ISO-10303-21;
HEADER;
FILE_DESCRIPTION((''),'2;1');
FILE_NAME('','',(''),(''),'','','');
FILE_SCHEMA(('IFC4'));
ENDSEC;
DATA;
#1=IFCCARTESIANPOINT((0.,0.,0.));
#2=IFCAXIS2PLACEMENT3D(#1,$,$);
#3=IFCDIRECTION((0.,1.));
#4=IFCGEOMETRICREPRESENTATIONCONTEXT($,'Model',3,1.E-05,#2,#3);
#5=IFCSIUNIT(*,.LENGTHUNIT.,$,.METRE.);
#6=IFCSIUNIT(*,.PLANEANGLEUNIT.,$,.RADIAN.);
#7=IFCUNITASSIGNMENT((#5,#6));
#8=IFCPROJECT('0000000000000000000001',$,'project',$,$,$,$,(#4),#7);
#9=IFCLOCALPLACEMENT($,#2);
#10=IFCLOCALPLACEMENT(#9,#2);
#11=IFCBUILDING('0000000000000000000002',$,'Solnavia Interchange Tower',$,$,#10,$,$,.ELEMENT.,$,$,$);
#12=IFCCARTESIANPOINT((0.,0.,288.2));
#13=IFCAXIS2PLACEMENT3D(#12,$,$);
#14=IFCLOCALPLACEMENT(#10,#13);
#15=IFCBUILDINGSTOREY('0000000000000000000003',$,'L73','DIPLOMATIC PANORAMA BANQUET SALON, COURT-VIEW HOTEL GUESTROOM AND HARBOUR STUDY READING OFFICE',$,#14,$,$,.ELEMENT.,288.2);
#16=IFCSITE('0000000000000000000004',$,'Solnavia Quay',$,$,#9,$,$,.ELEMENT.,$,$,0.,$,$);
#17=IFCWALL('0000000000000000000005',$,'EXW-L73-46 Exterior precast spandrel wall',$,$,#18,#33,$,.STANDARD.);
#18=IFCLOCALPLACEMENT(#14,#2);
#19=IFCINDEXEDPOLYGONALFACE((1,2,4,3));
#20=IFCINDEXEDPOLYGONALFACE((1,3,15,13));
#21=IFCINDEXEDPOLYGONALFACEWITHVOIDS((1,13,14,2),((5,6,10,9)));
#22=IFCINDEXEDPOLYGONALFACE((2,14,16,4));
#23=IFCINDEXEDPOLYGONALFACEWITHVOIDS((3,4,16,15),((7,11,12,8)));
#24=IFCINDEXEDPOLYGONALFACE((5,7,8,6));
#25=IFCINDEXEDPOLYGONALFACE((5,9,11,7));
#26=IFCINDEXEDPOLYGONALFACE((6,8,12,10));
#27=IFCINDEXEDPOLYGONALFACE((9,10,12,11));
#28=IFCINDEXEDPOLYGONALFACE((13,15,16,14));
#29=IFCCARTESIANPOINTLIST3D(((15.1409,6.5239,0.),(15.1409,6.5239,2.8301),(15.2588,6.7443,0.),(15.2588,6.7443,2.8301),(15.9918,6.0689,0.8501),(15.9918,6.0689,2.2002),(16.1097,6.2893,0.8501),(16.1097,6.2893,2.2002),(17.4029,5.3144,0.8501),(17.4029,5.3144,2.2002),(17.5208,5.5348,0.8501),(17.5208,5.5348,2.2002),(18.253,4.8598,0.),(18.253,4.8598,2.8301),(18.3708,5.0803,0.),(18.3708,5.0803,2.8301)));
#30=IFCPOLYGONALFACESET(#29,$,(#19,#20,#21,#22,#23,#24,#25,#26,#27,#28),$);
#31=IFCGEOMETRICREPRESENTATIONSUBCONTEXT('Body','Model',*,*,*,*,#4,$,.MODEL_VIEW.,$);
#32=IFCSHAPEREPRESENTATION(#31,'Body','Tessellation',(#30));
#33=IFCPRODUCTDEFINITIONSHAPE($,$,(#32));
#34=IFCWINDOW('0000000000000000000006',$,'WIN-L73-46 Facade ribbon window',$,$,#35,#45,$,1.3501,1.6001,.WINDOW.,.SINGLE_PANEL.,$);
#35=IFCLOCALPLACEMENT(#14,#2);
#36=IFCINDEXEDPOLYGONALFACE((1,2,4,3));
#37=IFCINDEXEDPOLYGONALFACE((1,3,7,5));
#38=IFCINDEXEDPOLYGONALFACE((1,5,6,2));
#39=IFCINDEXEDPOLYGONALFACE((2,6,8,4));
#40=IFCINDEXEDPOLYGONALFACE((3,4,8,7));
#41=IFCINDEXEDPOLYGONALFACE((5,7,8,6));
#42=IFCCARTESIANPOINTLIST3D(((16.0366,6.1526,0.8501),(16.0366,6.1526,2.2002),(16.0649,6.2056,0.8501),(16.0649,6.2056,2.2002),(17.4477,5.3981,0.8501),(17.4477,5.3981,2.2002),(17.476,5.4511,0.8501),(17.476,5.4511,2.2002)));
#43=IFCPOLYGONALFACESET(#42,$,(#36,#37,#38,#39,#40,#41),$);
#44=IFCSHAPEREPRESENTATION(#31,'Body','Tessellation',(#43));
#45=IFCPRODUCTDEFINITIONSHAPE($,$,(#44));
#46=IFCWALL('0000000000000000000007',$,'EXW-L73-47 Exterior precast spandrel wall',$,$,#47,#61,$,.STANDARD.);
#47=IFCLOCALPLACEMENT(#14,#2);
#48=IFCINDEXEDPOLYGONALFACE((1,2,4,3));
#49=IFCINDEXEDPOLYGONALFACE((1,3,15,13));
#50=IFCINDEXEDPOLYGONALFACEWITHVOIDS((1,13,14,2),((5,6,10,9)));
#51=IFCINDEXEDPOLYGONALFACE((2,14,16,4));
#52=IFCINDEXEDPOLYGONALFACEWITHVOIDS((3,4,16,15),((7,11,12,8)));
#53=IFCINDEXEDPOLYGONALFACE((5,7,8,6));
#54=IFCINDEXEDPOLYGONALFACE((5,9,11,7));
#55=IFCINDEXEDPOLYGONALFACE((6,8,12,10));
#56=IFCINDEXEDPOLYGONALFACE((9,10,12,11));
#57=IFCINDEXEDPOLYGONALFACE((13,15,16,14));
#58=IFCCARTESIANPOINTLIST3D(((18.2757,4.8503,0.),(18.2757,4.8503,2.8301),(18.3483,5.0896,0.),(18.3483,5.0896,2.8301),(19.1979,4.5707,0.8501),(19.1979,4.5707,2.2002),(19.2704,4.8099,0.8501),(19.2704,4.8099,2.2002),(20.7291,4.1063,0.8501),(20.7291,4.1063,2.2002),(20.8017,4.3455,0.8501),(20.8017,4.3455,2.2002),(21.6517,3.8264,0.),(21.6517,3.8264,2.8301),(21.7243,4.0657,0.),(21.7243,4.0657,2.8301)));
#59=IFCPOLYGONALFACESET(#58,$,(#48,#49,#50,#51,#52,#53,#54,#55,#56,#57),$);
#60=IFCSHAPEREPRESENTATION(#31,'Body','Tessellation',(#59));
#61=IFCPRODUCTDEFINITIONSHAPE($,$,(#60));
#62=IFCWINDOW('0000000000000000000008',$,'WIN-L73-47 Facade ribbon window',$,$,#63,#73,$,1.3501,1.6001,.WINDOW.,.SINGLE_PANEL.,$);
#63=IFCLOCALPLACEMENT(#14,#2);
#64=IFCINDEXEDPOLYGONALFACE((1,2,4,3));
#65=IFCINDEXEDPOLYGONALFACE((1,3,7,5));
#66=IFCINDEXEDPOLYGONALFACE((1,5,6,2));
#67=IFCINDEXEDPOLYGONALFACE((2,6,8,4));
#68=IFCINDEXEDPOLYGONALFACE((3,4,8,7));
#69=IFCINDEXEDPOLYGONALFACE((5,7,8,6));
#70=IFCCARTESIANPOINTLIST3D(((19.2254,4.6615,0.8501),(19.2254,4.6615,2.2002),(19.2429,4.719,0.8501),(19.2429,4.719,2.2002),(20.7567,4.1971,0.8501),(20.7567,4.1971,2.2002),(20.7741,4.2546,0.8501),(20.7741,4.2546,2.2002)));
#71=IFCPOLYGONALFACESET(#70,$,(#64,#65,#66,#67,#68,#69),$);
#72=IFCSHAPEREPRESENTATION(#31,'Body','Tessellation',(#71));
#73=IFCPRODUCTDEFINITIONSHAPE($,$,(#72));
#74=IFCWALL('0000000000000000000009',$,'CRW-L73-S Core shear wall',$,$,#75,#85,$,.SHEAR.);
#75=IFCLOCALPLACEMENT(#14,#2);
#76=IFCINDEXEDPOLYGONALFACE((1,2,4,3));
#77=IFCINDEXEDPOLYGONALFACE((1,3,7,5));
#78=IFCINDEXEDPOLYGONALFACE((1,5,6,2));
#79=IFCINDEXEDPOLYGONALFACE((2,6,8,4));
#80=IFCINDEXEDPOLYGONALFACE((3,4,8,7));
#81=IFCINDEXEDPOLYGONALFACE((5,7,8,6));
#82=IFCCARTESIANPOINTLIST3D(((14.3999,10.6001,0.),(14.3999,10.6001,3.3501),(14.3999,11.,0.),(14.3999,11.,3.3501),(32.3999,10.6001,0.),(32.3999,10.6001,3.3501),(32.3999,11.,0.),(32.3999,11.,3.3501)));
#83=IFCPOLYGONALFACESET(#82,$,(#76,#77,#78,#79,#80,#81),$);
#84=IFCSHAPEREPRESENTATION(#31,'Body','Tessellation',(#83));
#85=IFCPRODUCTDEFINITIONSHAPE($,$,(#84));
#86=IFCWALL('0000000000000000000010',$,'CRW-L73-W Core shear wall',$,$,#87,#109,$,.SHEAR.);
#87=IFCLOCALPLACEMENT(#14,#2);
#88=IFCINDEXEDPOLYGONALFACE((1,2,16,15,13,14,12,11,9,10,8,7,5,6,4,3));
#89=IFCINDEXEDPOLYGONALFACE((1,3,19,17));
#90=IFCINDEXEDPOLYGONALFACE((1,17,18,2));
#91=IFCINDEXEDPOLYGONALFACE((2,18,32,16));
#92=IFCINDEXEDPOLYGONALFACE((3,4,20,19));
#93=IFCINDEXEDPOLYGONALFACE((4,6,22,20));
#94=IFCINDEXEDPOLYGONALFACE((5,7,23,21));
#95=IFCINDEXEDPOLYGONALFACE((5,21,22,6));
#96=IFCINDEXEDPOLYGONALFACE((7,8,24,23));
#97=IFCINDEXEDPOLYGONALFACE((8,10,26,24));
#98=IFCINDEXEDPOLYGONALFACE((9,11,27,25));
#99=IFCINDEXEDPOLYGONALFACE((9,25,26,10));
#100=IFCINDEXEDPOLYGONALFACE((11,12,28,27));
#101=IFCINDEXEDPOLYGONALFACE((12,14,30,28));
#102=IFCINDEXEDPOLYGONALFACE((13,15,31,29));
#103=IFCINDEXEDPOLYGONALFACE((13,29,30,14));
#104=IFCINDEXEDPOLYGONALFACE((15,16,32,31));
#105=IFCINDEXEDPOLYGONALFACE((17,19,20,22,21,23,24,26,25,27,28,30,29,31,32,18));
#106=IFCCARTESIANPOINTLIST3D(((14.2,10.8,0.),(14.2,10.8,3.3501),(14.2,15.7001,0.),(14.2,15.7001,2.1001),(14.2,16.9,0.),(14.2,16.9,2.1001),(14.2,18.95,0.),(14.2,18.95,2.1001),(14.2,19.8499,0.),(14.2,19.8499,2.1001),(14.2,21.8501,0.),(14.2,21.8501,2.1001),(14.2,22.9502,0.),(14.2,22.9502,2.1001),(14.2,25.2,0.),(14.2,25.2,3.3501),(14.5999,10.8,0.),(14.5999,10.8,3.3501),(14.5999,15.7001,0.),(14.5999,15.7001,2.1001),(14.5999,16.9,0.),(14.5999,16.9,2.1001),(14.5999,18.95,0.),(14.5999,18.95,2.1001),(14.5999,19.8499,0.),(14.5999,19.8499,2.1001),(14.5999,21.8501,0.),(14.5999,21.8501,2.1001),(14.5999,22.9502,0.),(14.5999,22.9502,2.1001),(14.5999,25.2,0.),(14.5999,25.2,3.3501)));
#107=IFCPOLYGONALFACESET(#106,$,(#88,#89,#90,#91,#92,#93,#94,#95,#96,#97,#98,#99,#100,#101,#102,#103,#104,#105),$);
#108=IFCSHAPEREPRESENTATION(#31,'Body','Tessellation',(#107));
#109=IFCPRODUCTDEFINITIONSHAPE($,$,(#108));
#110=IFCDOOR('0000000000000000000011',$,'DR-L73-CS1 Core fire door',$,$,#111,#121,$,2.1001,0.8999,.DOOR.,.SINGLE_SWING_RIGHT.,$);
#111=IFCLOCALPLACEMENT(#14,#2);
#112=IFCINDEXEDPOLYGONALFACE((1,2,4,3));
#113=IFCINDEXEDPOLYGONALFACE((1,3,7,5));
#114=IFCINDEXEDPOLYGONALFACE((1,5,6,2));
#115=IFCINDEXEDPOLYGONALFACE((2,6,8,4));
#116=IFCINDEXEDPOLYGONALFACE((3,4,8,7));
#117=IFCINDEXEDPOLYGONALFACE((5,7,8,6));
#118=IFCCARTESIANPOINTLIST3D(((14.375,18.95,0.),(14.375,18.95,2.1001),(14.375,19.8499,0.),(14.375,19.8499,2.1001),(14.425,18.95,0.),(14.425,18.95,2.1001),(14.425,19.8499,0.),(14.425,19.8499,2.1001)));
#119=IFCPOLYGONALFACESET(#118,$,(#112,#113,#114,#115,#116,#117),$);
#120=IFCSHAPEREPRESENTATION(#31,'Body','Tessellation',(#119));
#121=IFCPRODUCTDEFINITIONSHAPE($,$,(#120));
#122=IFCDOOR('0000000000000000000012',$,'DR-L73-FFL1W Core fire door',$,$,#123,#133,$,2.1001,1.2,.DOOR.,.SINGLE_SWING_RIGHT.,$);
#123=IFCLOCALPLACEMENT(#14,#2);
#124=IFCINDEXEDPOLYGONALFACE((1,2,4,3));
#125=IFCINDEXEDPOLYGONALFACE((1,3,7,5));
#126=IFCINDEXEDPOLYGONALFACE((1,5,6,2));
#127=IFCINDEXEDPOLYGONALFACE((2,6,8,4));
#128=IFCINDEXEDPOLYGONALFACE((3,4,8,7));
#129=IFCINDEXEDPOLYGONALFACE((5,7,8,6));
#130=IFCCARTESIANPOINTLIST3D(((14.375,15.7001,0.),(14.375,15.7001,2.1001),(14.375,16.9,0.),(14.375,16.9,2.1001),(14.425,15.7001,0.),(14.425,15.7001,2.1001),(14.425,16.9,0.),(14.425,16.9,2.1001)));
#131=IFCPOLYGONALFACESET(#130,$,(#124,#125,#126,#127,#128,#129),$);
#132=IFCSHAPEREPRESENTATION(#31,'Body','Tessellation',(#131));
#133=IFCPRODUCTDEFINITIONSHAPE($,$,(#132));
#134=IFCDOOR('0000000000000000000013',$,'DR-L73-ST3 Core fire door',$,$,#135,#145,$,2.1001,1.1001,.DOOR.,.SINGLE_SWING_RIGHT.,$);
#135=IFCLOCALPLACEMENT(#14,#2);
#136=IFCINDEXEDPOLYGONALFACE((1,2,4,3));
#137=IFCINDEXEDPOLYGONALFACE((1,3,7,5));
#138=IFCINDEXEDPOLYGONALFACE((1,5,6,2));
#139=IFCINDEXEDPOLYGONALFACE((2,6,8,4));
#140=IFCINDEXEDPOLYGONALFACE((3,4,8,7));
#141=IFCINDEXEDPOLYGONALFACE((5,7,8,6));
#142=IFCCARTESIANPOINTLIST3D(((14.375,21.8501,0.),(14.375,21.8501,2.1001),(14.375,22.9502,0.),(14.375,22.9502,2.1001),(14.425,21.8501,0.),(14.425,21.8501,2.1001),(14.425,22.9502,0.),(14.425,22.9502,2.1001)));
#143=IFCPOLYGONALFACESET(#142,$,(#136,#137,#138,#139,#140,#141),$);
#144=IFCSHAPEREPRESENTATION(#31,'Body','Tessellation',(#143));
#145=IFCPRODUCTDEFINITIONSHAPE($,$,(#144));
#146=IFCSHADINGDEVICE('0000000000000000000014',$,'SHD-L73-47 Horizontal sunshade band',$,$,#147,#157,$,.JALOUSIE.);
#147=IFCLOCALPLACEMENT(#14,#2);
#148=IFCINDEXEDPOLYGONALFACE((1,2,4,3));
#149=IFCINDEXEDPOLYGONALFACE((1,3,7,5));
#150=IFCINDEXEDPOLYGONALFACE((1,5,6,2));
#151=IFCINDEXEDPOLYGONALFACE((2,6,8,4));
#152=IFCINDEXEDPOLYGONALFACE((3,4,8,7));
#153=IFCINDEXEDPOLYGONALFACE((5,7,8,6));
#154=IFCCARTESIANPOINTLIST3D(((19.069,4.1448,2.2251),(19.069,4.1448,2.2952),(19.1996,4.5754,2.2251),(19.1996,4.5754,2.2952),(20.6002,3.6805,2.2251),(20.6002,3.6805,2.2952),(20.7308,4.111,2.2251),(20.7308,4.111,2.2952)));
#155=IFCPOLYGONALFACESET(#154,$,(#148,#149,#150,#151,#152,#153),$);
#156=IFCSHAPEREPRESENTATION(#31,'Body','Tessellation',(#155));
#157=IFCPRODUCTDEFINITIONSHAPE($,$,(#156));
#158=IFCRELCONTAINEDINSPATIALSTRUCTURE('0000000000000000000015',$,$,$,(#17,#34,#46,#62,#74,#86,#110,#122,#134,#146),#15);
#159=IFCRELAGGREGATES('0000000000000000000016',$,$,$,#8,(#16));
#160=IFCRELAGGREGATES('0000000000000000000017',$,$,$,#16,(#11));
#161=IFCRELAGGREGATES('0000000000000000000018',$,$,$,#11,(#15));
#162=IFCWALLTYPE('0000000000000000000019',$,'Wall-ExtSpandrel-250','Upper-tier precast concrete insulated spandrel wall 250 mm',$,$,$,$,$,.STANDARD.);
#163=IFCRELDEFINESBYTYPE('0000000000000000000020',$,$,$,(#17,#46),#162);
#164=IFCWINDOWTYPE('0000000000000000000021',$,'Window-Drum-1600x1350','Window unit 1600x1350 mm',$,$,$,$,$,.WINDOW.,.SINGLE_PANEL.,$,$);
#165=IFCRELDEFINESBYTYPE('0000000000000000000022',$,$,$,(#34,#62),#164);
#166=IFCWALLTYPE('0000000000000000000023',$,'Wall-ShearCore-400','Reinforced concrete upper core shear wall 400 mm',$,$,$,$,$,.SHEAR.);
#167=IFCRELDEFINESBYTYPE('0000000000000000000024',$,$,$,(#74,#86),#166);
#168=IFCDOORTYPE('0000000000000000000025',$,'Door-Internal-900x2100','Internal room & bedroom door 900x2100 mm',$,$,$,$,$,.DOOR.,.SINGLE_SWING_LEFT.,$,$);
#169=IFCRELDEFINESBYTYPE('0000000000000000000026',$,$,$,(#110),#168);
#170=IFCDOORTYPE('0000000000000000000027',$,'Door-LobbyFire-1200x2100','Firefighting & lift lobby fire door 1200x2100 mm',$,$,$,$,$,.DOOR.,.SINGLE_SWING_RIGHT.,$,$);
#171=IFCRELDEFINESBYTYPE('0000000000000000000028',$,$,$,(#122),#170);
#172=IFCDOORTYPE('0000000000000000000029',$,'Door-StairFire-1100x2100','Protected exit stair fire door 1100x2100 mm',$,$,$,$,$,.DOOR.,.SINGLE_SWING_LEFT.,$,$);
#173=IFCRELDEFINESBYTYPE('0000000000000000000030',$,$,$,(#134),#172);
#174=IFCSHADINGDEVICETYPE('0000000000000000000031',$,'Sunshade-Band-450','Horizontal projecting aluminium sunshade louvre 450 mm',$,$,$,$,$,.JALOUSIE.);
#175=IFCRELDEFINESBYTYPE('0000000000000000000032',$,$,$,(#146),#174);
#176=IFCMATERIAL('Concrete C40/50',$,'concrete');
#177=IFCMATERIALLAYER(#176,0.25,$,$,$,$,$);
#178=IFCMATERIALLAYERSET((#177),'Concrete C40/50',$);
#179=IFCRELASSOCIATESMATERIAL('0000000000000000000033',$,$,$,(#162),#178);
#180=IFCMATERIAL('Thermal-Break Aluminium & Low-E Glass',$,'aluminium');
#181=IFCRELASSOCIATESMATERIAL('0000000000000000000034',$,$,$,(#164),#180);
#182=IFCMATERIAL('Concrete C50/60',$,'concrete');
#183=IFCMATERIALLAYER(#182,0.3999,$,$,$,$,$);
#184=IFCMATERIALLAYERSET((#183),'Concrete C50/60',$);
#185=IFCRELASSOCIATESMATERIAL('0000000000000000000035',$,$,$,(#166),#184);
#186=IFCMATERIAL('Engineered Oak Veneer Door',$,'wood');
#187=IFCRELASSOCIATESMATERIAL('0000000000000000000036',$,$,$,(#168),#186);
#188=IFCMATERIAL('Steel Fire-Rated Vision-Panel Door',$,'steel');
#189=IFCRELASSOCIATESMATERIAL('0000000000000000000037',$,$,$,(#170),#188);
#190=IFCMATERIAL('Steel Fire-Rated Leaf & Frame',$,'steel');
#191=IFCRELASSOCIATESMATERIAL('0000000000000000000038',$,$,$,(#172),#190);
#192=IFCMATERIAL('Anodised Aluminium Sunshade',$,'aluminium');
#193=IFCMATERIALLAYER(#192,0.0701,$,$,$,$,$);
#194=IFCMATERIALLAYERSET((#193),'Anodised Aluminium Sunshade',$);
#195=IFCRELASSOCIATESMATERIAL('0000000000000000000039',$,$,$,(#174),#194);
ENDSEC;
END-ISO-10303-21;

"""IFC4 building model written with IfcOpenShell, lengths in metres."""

from ifc_helpers import new_model, si_unit, direction, frame, frame_2d, origin, origin_2d, place, context, subcontext, project, spatial, rectangle, extrude, material, layer, layer_set, type_object, element, fill, save


model = new_model("IFC4")

# Units and contexts
model_context = context("Model", 3, precision=1e-05, world=origin(), true_north=direction((0.0, 1.0)))
body_context = subcontext(model_context, "Body", "Model", "MODEL_VIEW")
ifc_project = project(units=[si_unit("LENGTHUNIT", "METRE"), si_unit("PLANEANGLEUNIT", "RADIAN")], contexts=[model_context])

# Site, building, storey
site_placement = place(None, origin())
site = spatial("IfcSite", under=ifc_project, at=site_placement, Name="Solnavia Quay", CompositionType="ELEMENT", RefElevation=0.0)
building_placement = place(site_placement, origin())
building = spatial("IfcBuilding", under=site, at=building_placement, Name="Solnavia Interchange Tower", CompositionType="ELEMENT")
storey_placement = place(building_placement, frame((0.0, 0.0, 288.2)))
storey = spatial("IfcBuildingStorey", under=building, at=storey_placement, Name="L73", Description="DIPLOMATIC PANORAMA BANQUET SALON, COURT-VIEW HOTEL GUESTROOM AND HARBOUR STUDY READING OFFICE", CompositionType="ELEMENT", Elevation=288.2)

# Shared definitions
ifc_material_1 = material(Name="Concrete C50/60", Category="concrete")

# Walls, openings, windows
ifc_material_2 = material(Name="Concrete C40/50", Category="concrete")
ifc_layer_1 = layer(ifc_material_2, 0.25)
ifc_layer_set_1 = layer_set([ifc_layer_1], Name="Concrete C40/50")
wall_type_1 = type_object("IfcWallType", Name="Wall-ExtSpandrel-250", Description="Upper-tier precast concrete insulated spandrel wall 250 mm", PredefinedType="STANDARD", material=ifc_layer_set_1)
ifc_material_3 = material(Name="Thermal-Break Aluminium & Low-E Glass", Category="aluminium")
window_type = type_object("IfcWindowType", Name="Window-Drum-1600x1350", Description="Window unit 1600x1350 mm", PartitioningType="SINGLE_PANEL", PredefinedType="WINDOW", material=ifc_material_3)
wall_1_placement = place(storey_placement, frame((18.312, 4.97, 0.0), z_axis=(0.0, 0.0, 1.0), x_axis=(-0.881847, 0.471536, 0.0)))
wall_1 = element("IfcWall", 1, at=wall_1_placement, inside=storey, type_object=wall_type_1, Name="EXW-L73-46 Exterior precast spandrel wall", PredefinedType="STANDARD", context=body_context, shape_type="SweptSolid", body=[
    extrude(rectangle(XDim=3.5291, YDim=0.25, at=frame_2d((1.7646, 0.0))), origin(), (0.0, 0.0, 1.0), 2.8301),
])
opening_1_placement = place(wall_1_placement, frame((0.9641, 0.0, 0.8501)))
opening_1 = element("IfcOpeningElement", 2, at=opening_1_placement, cuts=wall_1, PredefinedType="OPENING", context=body_context, shape_type="SweptSolid", body=[
    extrude(rectangle(XDim=1.6001, YDim=1.3501, at=frame_2d((0.8, 0.675))), frame((0.0, 0.135, 0.0), z_axis=(0.0, -1.0, 0.0), x_axis=(1.0, 0.0, 0.0)), (0.0, 0.0, 1.0), 0.27),
])
window_1_placement = place(opening_1_placement, origin())
window_1 = element("IfcWindow", 3, at=window_1_placement, inside=storey, type_object=window_type, Name="WIN-L73-46 Facade ribbon window", OverallHeight=1.3501, OverallWidth=1.6001, PartitioningType="SINGLE_PANEL", PredefinedType="WINDOW", context=body_context, shape_type="SweptSolid", body=[
    extrude(rectangle(XDim=1.6001, YDim=1.3501, at=frame_2d((0.8, 0.675))), frame((0.0, 0.03, 0.0), z_axis=(0.0, -1.0, 0.0), x_axis=(1.0, 0.0, 0.0)), (0.0, 0.0, 1.0), 0.0601),
])
fill(opening_1, window_1)
wall_2_placement = place(storey_placement, frame((21.688, 3.946, 0.0), z_axis=(0.0, 0.0, 1.0), x_axis=(-0.956953, 0.290242, 0.0)))
wall_2 = element("IfcWall", 4, at=wall_2_placement, inside=storey, type_object=wall_type_1, Name="EXW-L73-47 Exterior precast spandrel wall", PredefinedType="STANDARD", context=body_context, shape_type="SweptSolid", body=[
    extrude(rectangle(XDim=3.5278, YDim=0.25, at=frame_2d((1.7639, 0.0))), origin(), (0.0, 0.0, 1.0), 2.8301),
])
opening_2_placement = place(wall_2_placement, frame((0.9641, 0.0, 0.8501)))
opening_2 = element("IfcOpeningElement", 5, at=opening_2_placement, cuts=wall_2, PredefinedType="OPENING", context=body_context, shape_type="SweptSolid", body=[
    extrude(rectangle(XDim=1.6001, YDim=1.3501, at=frame_2d((0.8, 0.675))), frame((0.0, 0.135, 0.0), z_axis=(0.0, -1.0, 0.0), x_axis=(1.0, 0.0, 0.0)), (0.0, 0.0, 1.0), 0.27),
])
window_2_placement = place(opening_2_placement, origin())
window_2 = element("IfcWindow", 6, at=window_2_placement, inside=storey, type_object=window_type, Name="WIN-L73-47 Facade ribbon window", OverallHeight=1.3501, OverallWidth=1.6001, PartitioningType="SINGLE_PANEL", PredefinedType="WINDOW", context=body_context, shape_type="SweptSolid", body=[
    extrude(rectangle(XDim=1.6001, YDim=1.3501, at=frame_2d((0.8, 0.675))), frame((0.0, 0.03, 0.0), z_axis=(0.0, -1.0, 0.0), x_axis=(1.0, 0.0, 0.0)), (0.0, 0.0, 1.0), 0.0601),
])
fill(opening_2, window_2)

# Wall
ifc_layer_2 = layer(ifc_material_1, 0.3999)
ifc_layer_set_2 = layer_set([ifc_layer_2], Name="Concrete C50/60")
wall_type_2 = type_object("IfcWallType", Name="Wall-ShearCore-400", Description="Reinforced concrete upper core shear wall 400 mm", PredefinedType="SHEAR", material=ifc_layer_set_2)
wall_3_placement = place(storey_placement, frame((14.3999, 10.8, 0.0), z_axis=(0.0, 0.0, 1.0), x_axis=(1.0, 0.0, 0.0)))
element("IfcWall", 7, at=wall_3_placement, inside=storey, type_object=wall_type_2, Name="CRW-L73-S Core shear wall", PredefinedType="SHEAR", context=body_context, shape_type="SweptSolid", body=[
    extrude(rectangle(XDim=18.0, YDim=0.3999, at=frame_2d((9.0, 0.0))), origin(), (0.0, 0.0, 1.0), 3.3501),
])

# Wall, openings, doors
wall_4_placement = place(storey_placement, frame((14.3999, 10.8, 0.0), z_axis=(0.0, 0.0, 1.0), x_axis=(0.0, 1.0, 0.0)))
wall_4 = element("IfcWall", 8, at=wall_4_placement, inside=storey, type_object=wall_type_2, Name="CRW-L73-W Core shear wall", PredefinedType="SHEAR", context=body_context, shape_type="SweptSolid", body=[
    extrude(rectangle(XDim=14.3999, YDim=0.3999, at=frame_2d((7.2, 0.0))), origin(), (0.0, 0.0, 1.0), 3.3501),
])
opening_3_placement = place(wall_4_placement, frame((11.05, 0.0, 0.0)))
opening_3 = element("IfcOpeningElement", 9, at=opening_3_placement, cuts=wall_4, PredefinedType="OPENING", context=body_context, shape_type="SweptSolid", body=[
    extrude(rectangle(XDim=1.1001, YDim=2.1001, at=frame_2d((0.55, 1.05))), frame((0.0, 0.21, 0.0), z_axis=(0.0, -1.0, 0.0), x_axis=(1.0, 0.0, 0.0)), (0.0, 0.0, 1.0), 0.4199),
])
opening_4_placement = place(wall_4_placement, frame((4.8999, 0.0, 0.0)))
opening_4 = element("IfcOpeningElement", 10, at=opening_4_placement, cuts=wall_4, PredefinedType="OPENING", context=body_context, shape_type="SweptSolid", body=[
    extrude(rectangle(XDim=1.2, YDim=2.1001, at=frame_2d((0.6001, 1.05))), frame((0.0, 0.21, 0.0), z_axis=(0.0, -1.0, 0.0), x_axis=(1.0, 0.0, 0.0)), (0.0, 0.0, 1.0), 0.4199),
])
opening_5_placement = place(wall_4_placement, frame((8.1499, 0.0, 0.0)))
opening_5 = element("IfcOpeningElement", 11, at=opening_5_placement, cuts=wall_4, PredefinedType="OPENING", context=body_context, shape_type="SweptSolid", body=[
    extrude(rectangle(XDim=0.8999, YDim=2.1001, at=frame_2d((0.45, 1.05))), frame((0.0, 0.21, 0.0), z_axis=(0.0, -1.0, 0.0), x_axis=(1.0, 0.0, 0.0)), (0.0, 0.0, 1.0), 0.4199),
])
ifc_material_4 = material(Name="Engineered Oak Veneer Door", Category="wood")
door_type_1 = type_object("IfcDoorType", Name="Door-Internal-900x2100", Description="Internal room & bedroom door 900x2100 mm", OperationType="SINGLE_SWING_LEFT", PredefinedType="DOOR", material=ifc_material_4)
door_1_placement = place(opening_5_placement, origin())
door_1 = element("IfcDoor", 12, at=door_1_placement, inside=storey, type_object=door_type_1, Name="DR-L73-CS1 Core fire door", OperationType="SINGLE_SWING_RIGHT", OverallHeight=2.1001, OverallWidth=0.8999, PredefinedType="DOOR", context=body_context, shape_type="SweptSolid", body=[
    extrude(rectangle(XDim=0.8999, YDim=2.1001, at=frame_2d((0.45, 1.05))), frame((0.0, 0.0249, 0.0), z_axis=(0.0, -1.0, 0.0), x_axis=(1.0, 0.0, 0.0)), (0.0, 0.0, 1.0), 0.05),
])
fill(opening_5, door_1)
ifc_material_5 = material(Name="Steel Fire-Rated Vision-Panel Door", Category="steel")
door_type_2 = type_object("IfcDoorType", Name="Door-LobbyFire-1200x2100", Description="Firefighting & lift lobby fire door 1200x2100 mm", OperationType="SINGLE_SWING_RIGHT", PredefinedType="DOOR", material=ifc_material_5)
door_2_placement = place(opening_4_placement, origin())
door_2 = element("IfcDoor", 13, at=door_2_placement, inside=storey, type_object=door_type_2, Name="DR-L73-FFL1W Core fire door", OperationType="SINGLE_SWING_RIGHT", OverallHeight=2.1001, OverallWidth=1.2, PredefinedType="DOOR", context=body_context, shape_type="SweptSolid", body=[
    extrude(rectangle(XDim=1.2, YDim=2.1001, at=frame_2d((0.6001, 1.05))), frame((0.0, 0.0249, 0.0), z_axis=(0.0, -1.0, 0.0), x_axis=(1.0, 0.0, 0.0)), (0.0, 0.0, 1.0), 0.05),
])
fill(opening_4, door_2)
ifc_material_6 = material(Name="Steel Fire-Rated Leaf & Frame", Category="steel")
door_type_3 = type_object("IfcDoorType", Name="Door-StairFire-1100x2100", Description="Protected exit stair fire door 1100x2100 mm", OperationType="SINGLE_SWING_LEFT", PredefinedType="DOOR", material=ifc_material_6)
door_3_placement = place(opening_3_placement, origin())
door_3 = element("IfcDoor", 14, at=door_3_placement, inside=storey, type_object=door_type_3, Name="DR-L73-ST3 Core fire door", OperationType="SINGLE_SWING_RIGHT", OverallHeight=2.1001, OverallWidth=1.1001, PredefinedType="DOOR", context=body_context, shape_type="SweptSolid", body=[
    extrude(rectangle(XDim=1.1001, YDim=2.1001, at=frame_2d((0.55, 1.05))), frame((0.0, 0.0249, 0.0), z_axis=(0.0, -1.0, 0.0), x_axis=(1.0, 0.0, 0.0)), (0.0, 0.0, 1.0), 0.05),
])
fill(opening_3, door_3)

# Shading device
ifc_material_7 = material(Name="Anodised Aluminium Sunshade", Category="aluminium")
ifc_layer_3 = layer(ifc_material_7, 0.0701)
ifc_layer_set_3 = layer_set([ifc_layer_3], Name="Anodised Aluminium Sunshade")
shading_device_type = type_object("IfcShadingDeviceType", Name="Sunshade-Band-450", Description="Horizontal projecting aluminium sunshade louvre 450 mm", PredefinedType="JALOUSIE", material=ifc_layer_set_3)
shading_device_placement = place(storey_placement, frame((19.8999, 4.1279, 2.2251), z_axis=(0.0, 0.0, 1.0), x_axis=(-0.956966, 0.290201, 0.0)))
element("IfcShadingDevice", 15, at=shading_device_placement, inside=storey, type_object=shading_device_type, Name="SHD-L73-47 Horizontal sunshade band", PredefinedType="JALOUSIE", context=body_context, shape_type="SweptSolid", body=[
    extrude(rectangle(XDim=1.6001, YDim=0.45, at=origin_2d()), origin(), (0.0, 0.0, 1.0), 0.0701),
])

save(model, "model.ifc")
